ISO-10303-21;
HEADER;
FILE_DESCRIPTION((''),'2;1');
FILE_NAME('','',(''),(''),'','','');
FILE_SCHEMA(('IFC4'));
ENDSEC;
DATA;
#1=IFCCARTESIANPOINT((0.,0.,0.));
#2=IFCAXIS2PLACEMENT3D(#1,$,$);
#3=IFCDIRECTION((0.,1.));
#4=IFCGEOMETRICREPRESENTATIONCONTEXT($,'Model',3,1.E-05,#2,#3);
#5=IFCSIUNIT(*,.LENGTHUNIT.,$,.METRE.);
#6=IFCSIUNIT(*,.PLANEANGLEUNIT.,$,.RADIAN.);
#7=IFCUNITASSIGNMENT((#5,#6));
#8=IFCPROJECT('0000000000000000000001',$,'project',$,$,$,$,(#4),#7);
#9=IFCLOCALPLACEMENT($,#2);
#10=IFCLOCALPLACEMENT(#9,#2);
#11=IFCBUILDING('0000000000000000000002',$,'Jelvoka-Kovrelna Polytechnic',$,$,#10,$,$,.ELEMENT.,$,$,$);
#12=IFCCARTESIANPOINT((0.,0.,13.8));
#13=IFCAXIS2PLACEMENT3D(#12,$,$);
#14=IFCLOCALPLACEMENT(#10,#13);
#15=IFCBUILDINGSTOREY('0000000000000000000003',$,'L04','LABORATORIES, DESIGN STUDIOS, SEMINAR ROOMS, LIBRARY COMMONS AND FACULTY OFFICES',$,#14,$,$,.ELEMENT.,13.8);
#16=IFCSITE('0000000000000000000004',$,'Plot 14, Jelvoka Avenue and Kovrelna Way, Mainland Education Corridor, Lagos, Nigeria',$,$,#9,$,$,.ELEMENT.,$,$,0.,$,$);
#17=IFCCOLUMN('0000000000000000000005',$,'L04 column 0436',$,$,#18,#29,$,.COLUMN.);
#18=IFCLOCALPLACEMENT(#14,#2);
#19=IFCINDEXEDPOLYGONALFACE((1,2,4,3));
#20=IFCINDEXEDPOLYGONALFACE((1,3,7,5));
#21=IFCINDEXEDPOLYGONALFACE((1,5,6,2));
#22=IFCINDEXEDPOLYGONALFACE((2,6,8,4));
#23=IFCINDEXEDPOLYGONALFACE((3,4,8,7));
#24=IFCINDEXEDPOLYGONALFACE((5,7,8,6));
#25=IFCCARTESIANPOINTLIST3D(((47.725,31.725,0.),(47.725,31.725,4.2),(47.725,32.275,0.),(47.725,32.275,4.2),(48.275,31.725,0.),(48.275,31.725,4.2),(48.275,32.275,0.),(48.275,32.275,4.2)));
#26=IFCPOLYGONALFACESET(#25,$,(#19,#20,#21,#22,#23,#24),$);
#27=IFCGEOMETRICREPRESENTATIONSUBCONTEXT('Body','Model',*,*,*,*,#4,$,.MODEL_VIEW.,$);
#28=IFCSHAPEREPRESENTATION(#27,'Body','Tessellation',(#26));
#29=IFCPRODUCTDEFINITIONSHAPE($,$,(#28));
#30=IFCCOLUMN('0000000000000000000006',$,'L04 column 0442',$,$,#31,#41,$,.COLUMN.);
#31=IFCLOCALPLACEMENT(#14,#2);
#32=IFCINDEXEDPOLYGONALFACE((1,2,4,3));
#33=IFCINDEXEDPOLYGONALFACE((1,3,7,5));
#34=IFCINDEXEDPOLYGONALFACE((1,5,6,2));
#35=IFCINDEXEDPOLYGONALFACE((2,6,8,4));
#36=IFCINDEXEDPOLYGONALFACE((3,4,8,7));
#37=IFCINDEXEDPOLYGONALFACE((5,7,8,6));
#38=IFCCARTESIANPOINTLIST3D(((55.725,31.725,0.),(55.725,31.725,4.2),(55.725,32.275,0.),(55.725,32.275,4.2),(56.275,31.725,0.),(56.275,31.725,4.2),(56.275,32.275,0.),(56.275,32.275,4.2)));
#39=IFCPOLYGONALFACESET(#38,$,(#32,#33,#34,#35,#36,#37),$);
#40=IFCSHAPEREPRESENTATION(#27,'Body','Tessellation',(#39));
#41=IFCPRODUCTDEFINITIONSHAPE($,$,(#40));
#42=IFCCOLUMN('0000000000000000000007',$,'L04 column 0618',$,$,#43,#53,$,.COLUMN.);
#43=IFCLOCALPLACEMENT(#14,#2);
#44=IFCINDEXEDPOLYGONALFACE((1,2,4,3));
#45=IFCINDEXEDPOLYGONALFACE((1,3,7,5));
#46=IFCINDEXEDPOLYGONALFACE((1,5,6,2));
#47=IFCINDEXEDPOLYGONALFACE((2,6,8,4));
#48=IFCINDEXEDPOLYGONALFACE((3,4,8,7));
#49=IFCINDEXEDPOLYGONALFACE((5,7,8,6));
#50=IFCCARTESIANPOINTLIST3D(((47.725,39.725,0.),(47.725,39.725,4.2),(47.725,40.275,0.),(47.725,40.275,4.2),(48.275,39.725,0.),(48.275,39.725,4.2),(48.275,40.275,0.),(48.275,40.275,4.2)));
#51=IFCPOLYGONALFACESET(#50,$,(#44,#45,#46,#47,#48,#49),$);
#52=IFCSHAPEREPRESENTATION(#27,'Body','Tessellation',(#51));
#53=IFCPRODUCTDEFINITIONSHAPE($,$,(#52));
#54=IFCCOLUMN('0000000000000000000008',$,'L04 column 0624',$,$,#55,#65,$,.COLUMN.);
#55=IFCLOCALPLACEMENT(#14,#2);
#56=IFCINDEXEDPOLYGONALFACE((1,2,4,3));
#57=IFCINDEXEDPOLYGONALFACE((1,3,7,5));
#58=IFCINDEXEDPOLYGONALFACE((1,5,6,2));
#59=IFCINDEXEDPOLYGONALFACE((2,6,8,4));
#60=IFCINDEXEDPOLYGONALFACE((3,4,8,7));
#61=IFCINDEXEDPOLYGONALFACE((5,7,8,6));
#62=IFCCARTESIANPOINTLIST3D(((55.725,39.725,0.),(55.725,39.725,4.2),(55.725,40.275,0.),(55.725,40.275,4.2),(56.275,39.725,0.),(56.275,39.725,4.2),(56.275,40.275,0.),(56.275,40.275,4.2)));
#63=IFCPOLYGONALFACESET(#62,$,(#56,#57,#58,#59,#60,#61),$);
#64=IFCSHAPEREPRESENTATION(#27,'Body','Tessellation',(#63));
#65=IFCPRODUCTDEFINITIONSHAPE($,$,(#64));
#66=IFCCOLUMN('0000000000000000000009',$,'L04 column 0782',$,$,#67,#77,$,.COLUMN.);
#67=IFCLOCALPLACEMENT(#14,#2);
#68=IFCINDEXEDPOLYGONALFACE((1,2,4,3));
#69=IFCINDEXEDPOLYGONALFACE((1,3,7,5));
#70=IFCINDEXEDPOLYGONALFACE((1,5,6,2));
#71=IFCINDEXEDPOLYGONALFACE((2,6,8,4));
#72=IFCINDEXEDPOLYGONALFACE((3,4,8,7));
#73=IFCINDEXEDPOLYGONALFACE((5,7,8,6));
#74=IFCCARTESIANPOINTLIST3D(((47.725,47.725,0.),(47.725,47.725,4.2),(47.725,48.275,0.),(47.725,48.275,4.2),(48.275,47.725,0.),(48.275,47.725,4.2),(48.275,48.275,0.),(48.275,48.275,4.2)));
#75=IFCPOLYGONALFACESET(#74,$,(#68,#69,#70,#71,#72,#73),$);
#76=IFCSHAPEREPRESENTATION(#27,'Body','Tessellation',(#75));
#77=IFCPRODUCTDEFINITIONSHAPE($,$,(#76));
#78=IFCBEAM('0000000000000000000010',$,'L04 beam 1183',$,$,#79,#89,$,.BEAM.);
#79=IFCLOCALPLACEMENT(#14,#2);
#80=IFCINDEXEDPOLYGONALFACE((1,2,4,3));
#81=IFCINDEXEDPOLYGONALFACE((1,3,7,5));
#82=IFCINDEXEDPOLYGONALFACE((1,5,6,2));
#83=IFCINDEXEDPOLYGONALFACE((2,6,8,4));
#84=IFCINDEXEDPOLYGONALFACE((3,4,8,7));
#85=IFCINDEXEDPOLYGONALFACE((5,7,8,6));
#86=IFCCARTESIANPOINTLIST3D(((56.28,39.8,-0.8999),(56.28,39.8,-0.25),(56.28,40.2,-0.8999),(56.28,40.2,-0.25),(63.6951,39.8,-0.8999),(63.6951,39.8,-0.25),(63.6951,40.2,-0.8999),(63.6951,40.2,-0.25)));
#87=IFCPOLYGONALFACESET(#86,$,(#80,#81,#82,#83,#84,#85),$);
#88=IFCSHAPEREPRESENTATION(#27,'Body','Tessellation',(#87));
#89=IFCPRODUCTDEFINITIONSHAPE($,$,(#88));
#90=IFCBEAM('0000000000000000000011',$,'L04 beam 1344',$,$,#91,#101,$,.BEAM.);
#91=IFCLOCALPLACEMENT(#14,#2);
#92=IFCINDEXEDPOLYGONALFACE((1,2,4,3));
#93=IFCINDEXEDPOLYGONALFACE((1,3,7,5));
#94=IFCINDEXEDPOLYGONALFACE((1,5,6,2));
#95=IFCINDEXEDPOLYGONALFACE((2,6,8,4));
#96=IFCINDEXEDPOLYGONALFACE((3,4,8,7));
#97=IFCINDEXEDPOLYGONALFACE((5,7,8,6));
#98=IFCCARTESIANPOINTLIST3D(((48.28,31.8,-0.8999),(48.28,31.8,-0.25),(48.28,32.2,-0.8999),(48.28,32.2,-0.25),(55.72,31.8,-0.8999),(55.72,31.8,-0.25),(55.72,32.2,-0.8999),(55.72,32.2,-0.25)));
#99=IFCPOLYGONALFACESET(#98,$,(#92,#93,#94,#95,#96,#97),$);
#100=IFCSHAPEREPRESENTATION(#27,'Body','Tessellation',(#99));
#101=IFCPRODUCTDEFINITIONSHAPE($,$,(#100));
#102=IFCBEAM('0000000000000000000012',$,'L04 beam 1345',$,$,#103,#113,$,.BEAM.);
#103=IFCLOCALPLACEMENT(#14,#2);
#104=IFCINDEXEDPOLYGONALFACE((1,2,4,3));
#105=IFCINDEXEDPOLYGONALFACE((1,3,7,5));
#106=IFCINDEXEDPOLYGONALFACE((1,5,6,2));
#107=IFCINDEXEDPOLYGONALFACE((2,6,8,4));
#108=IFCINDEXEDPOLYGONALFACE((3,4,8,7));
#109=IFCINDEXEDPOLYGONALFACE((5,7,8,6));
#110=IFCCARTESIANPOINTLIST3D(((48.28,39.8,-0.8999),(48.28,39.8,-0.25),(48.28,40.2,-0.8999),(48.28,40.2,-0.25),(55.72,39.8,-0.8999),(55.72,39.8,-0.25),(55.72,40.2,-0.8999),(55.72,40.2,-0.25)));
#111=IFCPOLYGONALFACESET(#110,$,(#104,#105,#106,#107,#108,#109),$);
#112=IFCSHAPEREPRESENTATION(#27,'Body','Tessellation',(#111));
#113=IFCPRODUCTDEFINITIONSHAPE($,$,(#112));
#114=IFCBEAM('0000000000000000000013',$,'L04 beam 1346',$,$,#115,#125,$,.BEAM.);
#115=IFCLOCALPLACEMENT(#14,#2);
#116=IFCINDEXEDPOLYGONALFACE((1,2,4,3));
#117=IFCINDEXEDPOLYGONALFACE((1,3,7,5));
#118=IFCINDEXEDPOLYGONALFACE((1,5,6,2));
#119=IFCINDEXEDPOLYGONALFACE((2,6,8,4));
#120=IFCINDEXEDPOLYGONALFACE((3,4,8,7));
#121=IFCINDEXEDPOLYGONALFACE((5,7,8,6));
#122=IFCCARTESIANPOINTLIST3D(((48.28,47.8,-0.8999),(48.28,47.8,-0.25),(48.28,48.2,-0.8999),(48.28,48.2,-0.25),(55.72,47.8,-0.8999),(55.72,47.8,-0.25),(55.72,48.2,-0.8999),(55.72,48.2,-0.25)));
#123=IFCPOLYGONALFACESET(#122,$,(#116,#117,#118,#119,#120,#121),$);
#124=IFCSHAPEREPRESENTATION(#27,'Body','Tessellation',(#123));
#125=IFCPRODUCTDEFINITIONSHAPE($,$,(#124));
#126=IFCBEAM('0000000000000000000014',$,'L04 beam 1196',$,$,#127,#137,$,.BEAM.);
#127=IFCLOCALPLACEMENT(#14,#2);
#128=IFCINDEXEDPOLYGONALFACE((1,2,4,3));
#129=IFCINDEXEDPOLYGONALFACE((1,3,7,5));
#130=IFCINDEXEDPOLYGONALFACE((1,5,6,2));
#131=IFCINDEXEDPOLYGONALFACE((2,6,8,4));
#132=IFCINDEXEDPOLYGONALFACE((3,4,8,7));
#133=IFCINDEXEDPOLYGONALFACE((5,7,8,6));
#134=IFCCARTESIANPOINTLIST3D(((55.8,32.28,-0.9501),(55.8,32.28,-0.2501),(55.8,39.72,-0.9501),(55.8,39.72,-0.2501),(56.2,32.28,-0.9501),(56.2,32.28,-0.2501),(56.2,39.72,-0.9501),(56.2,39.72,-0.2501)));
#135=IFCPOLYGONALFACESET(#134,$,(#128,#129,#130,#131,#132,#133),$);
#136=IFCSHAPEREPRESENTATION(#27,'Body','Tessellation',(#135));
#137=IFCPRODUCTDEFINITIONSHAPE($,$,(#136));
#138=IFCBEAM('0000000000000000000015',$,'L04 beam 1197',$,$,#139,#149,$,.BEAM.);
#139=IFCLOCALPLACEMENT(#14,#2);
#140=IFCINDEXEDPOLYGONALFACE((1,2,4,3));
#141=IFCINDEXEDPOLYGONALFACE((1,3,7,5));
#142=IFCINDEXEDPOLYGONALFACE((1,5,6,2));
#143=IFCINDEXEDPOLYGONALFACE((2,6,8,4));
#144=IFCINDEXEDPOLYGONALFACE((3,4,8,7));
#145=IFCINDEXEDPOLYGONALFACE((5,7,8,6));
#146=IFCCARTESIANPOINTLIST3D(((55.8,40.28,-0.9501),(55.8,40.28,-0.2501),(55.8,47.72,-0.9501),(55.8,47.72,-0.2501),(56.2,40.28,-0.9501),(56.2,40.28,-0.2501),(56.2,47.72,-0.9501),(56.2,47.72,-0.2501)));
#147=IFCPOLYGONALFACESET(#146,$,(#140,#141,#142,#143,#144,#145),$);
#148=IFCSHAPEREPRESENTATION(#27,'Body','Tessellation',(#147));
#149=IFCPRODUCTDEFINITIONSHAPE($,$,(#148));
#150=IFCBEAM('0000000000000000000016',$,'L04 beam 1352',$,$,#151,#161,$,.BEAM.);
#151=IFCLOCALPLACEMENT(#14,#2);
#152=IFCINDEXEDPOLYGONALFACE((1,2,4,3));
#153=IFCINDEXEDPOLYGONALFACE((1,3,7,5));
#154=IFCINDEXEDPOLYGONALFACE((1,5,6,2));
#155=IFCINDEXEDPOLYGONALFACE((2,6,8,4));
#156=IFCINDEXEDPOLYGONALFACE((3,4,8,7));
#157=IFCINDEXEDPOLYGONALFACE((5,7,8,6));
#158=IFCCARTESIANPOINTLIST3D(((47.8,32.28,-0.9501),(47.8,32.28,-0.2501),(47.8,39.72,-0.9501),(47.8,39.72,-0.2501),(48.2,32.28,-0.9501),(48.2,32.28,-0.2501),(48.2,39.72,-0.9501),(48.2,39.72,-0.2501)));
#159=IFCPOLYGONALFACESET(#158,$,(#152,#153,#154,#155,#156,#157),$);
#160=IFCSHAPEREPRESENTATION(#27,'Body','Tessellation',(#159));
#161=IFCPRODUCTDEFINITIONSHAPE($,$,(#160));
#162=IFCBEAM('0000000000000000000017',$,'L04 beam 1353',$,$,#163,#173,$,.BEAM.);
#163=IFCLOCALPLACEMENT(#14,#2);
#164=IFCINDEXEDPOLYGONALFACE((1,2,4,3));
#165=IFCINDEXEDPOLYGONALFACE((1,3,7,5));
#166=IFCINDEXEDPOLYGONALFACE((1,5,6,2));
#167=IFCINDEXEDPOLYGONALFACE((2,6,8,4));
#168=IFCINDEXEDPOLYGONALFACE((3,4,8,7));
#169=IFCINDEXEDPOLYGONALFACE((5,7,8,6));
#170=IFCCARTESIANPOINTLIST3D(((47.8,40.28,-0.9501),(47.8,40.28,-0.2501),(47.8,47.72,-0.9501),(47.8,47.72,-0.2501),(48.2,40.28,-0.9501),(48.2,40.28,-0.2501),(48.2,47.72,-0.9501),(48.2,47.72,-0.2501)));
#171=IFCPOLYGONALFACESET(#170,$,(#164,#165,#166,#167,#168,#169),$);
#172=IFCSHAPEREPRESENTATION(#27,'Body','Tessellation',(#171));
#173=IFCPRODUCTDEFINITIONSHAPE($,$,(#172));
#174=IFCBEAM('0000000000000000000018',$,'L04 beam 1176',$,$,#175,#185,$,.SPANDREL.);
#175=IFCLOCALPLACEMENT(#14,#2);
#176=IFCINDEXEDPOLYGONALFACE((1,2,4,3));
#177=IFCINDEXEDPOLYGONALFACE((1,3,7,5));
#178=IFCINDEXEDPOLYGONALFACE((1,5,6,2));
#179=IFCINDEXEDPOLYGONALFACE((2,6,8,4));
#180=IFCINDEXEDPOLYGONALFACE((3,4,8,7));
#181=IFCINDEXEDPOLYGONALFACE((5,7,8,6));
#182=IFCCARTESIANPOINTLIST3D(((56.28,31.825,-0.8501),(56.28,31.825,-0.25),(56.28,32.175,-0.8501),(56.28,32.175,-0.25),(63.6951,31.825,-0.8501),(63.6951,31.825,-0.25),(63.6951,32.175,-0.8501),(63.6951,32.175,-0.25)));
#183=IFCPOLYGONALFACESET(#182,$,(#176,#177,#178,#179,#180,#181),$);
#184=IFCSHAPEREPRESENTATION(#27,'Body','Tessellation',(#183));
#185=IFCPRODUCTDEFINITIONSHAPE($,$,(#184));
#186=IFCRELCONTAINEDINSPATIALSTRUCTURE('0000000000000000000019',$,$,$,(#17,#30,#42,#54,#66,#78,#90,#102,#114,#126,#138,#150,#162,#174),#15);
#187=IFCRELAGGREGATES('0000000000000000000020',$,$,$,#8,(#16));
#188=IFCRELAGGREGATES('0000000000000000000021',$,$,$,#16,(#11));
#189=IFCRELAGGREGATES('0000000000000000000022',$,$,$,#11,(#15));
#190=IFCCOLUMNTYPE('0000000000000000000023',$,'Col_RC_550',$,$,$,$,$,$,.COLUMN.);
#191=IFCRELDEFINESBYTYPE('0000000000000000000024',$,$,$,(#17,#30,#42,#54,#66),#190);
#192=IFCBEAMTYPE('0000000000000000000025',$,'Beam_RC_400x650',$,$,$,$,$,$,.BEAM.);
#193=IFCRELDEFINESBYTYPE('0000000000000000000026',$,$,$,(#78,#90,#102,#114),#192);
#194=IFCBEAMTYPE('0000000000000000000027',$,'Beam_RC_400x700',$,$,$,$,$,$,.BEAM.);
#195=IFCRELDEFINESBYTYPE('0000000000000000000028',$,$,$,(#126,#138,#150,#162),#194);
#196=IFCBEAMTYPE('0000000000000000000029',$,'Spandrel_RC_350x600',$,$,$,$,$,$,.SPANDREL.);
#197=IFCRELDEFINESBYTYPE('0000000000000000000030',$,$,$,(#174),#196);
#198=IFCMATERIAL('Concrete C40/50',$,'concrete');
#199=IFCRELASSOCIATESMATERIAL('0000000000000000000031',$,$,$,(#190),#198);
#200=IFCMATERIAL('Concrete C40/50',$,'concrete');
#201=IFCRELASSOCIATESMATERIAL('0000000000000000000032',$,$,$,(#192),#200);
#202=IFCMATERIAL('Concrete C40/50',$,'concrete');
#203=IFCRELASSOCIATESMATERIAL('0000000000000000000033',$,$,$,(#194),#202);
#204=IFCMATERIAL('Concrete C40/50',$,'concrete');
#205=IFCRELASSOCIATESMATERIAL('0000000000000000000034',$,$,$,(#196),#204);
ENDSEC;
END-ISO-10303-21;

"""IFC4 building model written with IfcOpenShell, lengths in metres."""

from ifc_helpers import new_model, si_unit, direction, frame, origin, origin_2d, place, context, subcontext, project, spatial, rectangle, extrude, material, material_profile, profile_set, type_object, element, save


model = new_model("IFC4")

# Units and contexts
model_context = context("Model", 3, precision=1e-05, world=origin(), true_north=direction((0.0, 1.0)))
body_context = subcontext(model_context, "Body", "Model", "MODEL_VIEW")
ifc_project = project(units=[si_unit("LENGTHUNIT", "METRE"), si_unit("PLANEANGLEUNIT", "RADIAN")], contexts=[model_context])

# Site, building, storey
site_placement = place(None, origin())
site = spatial("IfcSite", under=ifc_project, at=site_placement, Name="Plot 14, Jelvoka Avenue and Kovrelna Way, Mainland Education Corridor, Lagos, Nigeria", CompositionType="ELEMENT", RefElevation=0.0)
building_placement = place(site_placement, origin())
building = spatial("IfcBuilding", under=site, at=building_placement, Name="Jelvoka-Kovrelna Polytechnic", CompositionType="ELEMENT")
storey_placement = place(building_placement, frame((0.0, 0.0, 13.8)))
storey = spatial("IfcBuildingStorey", under=building, at=storey_placement, Name="L04", Description="LABORATORIES, DESIGN STUDIOS, SEMINAR ROOMS, LIBRARY COMMONS AND FACULTY OFFICES", CompositionType="ELEMENT", Elevation=13.8)

# Columns
ifc_material_1 = material(Name="Concrete C40/50", Category="concrete")
ifc_material_profile_1 = material_profile(ifc_material_1, rectangle(XDim=0.55, YDim=0.55, at=origin_2d()), Name="RC 550x550")
ifc_profile_set_1 = profile_set([ifc_material_profile_1], Name="Concrete C40/50")
column_type = type_object("IfcColumnType", Name="Col_RC_550", PredefinedType="COLUMN", material=ifc_profile_set_1)
for number, where, z_axis, x_axis, name in (
    (1, (48.0, 32.0, 0.0), (0.0, 0.0, 1.0), (1.0, 0.0, 0.0), "L04 column 0436"),
    (2, (56.0, 32.0, 0.0), (0.0, 0.0, 1.0), (1.0, 0.0, 0.0), "L04 column 0442"),
    (3, (48.0, 40.0, 0.0), (0.0, 0.0, 1.0), (1.0, 0.0, 0.0), "L04 column 0618"),
    (4, (56.0, 40.0, 0.0), (0.0, 0.0, 1.0), (1.0, 0.0, 0.0), "L04 column 0624"),
    (5, (48.0, 48.0, 0.0), (0.0, 0.0, 1.0), (1.0, 0.0, 0.0), "L04 column 0782"),
):
    element("IfcColumn", number, at=place(storey_placement, frame(where, z_axis=z_axis, x_axis=x_axis)), inside=storey, type_object=column_type, Name=name, PredefinedType="COLUMN", context=body_context, shape_type="SweptSolid", body=[
        extrude(rectangle(XDim=0.55, YDim=0.55, at=origin_2d()), origin(), (0.0, 0.0, 1.0), 4.2),
    ])

# Beams
ifc_material_2 = material(Name="Concrete C40/50", Category="concrete")
ifc_material_profile_2 = material_profile(ifc_material_2, rectangle(XDim=0.3999, YDim=0.6499, at=origin_2d()), Name="RC 400x650")
ifc_profile_set_2 = profile_set([ifc_material_profile_2], Name="Concrete C40/50")
beam_type_1 = type_object("IfcBeamType", Name="Beam_RC_400x650", PredefinedType="BEAM", material=ifc_profile_set_2)
beam_1_placement = place(storey_placement, frame((56.28, 40.0, -0.575), z_axis=(1.0, 0.0, 0.0), x_axis=(0.0, 1.0, 0.0)))
element("IfcBeam", 6, at=beam_1_placement, inside=storey, type_object=beam_type_1, Name="L04 beam 1183", PredefinedType="BEAM", context=body_context, shape_type="SweptSolid", body=[
    extrude(rectangle(XDim=0.3999, YDim=0.6499, at=origin_2d()), origin(), (0.0, 0.0, 1.0), 7.415),
])
for number, where, z_axis, x_axis, name in (
    (7, (48.28, 32.0, -0.575), (1.0, 0.0, 0.0), (0.0, 1.0, 0.0), "L04 beam 1344"),
    (8, (48.28, 40.0, -0.575), (1.0, 0.0, 0.0), (0.0, 1.0, 0.0), "L04 beam 1345"),
    (9, (48.28, 48.0, -0.575), (1.0, 0.0, 0.0), (0.0, 1.0, 0.0), "L04 beam 1346"),
):
    element("IfcBeam", number, at=place(storey_placement, frame(where, z_axis=z_axis, x_axis=x_axis)), inside=storey, type_object=beam_type_1, Name=name, PredefinedType="BEAM", context=body_context, shape_type="SweptSolid", body=[
        extrude(rectangle(XDim=0.3999, YDim=0.6499, at=origin_2d()), origin(), (0.0, 0.0, 1.0), 7.4399),
    ])
ifc_material_3 = material(Name="Concrete C40/50", Category="concrete")
ifc_material_profile_3 = material_profile(ifc_material_3, rectangle(XDim=0.3999, YDim=0.7, at=origin_2d()), Name="RC 400x700")
ifc_profile_set_3 = profile_set([ifc_material_profile_3], Name="Concrete C40/50")
beam_type_2 = type_object("IfcBeamType", Name="Beam_RC_400x700", PredefinedType="BEAM", material=ifc_profile_set_3)
for number, where, z_axis, x_axis, name in (
    (10, (56.0, 32.28, -0.6001), (0.0, 1.0, 0.0), (-1.0, 0.0, 0.0), "L04 beam 1196"),
    (11, (56.0, 40.28, -0.6001), (0.0, 1.0, 0.0), (-1.0, 0.0, 0.0), "L04 beam 1197"),
    (12, (48.0, 32.28, -0.6001), (0.0, 1.0, 0.0), (-1.0, 0.0, 0.0), "L04 beam 1352"),
    (13, (48.0, 40.28, -0.6001), (0.0, 1.0, 0.0), (-1.0, 0.0, 0.0), "L04 beam 1353"),
):
    element("IfcBeam", number, at=place(storey_placement, frame(where, z_axis=z_axis, x_axis=x_axis)), inside=storey, type_object=beam_type_2, Name=name, PredefinedType="BEAM", context=body_context, shape_type="SweptSolid", body=[
        extrude(rectangle(XDim=0.3999, YDim=0.7, at=origin_2d()), origin(), (0.0, 0.0, 1.0), 7.4399),
    ])
ifc_material_4 = material(Name="Concrete C40/50", Category="concrete")
ifc_material_profile_4 = material_profile(ifc_material_4, rectangle(XDim=0.3501, YDim=0.6001, at=origin_2d()), Name="RC 350x600")
ifc_profile_set_4 = profile_set([ifc_material_profile_4], Name="Concrete C40/50")
beam_type_3 = type_object("IfcBeamType", Name="Spandrel_RC_350x600", PredefinedType="SPANDREL", material=ifc_profile_set_4)
beam_2_placement = place(storey_placement, frame((56.28, 32.0, -0.55), z_axis=(1.0, 0.0, 0.0), x_axis=(0.0, 1.0, 0.0)))
element("IfcBeam", 14, at=beam_2_placement, inside=storey, type_object=beam_type_3, Name="L04 beam 1176", PredefinedType="SPANDREL", context=body_context, shape_type="SweptSolid", body=[
    extrude(rectangle(XDim=0.3501, YDim=0.6001, at=origin_2d()), origin(), (0.0, 0.0, 1.0), 7.415),
])

save(model, "model.ifc")
